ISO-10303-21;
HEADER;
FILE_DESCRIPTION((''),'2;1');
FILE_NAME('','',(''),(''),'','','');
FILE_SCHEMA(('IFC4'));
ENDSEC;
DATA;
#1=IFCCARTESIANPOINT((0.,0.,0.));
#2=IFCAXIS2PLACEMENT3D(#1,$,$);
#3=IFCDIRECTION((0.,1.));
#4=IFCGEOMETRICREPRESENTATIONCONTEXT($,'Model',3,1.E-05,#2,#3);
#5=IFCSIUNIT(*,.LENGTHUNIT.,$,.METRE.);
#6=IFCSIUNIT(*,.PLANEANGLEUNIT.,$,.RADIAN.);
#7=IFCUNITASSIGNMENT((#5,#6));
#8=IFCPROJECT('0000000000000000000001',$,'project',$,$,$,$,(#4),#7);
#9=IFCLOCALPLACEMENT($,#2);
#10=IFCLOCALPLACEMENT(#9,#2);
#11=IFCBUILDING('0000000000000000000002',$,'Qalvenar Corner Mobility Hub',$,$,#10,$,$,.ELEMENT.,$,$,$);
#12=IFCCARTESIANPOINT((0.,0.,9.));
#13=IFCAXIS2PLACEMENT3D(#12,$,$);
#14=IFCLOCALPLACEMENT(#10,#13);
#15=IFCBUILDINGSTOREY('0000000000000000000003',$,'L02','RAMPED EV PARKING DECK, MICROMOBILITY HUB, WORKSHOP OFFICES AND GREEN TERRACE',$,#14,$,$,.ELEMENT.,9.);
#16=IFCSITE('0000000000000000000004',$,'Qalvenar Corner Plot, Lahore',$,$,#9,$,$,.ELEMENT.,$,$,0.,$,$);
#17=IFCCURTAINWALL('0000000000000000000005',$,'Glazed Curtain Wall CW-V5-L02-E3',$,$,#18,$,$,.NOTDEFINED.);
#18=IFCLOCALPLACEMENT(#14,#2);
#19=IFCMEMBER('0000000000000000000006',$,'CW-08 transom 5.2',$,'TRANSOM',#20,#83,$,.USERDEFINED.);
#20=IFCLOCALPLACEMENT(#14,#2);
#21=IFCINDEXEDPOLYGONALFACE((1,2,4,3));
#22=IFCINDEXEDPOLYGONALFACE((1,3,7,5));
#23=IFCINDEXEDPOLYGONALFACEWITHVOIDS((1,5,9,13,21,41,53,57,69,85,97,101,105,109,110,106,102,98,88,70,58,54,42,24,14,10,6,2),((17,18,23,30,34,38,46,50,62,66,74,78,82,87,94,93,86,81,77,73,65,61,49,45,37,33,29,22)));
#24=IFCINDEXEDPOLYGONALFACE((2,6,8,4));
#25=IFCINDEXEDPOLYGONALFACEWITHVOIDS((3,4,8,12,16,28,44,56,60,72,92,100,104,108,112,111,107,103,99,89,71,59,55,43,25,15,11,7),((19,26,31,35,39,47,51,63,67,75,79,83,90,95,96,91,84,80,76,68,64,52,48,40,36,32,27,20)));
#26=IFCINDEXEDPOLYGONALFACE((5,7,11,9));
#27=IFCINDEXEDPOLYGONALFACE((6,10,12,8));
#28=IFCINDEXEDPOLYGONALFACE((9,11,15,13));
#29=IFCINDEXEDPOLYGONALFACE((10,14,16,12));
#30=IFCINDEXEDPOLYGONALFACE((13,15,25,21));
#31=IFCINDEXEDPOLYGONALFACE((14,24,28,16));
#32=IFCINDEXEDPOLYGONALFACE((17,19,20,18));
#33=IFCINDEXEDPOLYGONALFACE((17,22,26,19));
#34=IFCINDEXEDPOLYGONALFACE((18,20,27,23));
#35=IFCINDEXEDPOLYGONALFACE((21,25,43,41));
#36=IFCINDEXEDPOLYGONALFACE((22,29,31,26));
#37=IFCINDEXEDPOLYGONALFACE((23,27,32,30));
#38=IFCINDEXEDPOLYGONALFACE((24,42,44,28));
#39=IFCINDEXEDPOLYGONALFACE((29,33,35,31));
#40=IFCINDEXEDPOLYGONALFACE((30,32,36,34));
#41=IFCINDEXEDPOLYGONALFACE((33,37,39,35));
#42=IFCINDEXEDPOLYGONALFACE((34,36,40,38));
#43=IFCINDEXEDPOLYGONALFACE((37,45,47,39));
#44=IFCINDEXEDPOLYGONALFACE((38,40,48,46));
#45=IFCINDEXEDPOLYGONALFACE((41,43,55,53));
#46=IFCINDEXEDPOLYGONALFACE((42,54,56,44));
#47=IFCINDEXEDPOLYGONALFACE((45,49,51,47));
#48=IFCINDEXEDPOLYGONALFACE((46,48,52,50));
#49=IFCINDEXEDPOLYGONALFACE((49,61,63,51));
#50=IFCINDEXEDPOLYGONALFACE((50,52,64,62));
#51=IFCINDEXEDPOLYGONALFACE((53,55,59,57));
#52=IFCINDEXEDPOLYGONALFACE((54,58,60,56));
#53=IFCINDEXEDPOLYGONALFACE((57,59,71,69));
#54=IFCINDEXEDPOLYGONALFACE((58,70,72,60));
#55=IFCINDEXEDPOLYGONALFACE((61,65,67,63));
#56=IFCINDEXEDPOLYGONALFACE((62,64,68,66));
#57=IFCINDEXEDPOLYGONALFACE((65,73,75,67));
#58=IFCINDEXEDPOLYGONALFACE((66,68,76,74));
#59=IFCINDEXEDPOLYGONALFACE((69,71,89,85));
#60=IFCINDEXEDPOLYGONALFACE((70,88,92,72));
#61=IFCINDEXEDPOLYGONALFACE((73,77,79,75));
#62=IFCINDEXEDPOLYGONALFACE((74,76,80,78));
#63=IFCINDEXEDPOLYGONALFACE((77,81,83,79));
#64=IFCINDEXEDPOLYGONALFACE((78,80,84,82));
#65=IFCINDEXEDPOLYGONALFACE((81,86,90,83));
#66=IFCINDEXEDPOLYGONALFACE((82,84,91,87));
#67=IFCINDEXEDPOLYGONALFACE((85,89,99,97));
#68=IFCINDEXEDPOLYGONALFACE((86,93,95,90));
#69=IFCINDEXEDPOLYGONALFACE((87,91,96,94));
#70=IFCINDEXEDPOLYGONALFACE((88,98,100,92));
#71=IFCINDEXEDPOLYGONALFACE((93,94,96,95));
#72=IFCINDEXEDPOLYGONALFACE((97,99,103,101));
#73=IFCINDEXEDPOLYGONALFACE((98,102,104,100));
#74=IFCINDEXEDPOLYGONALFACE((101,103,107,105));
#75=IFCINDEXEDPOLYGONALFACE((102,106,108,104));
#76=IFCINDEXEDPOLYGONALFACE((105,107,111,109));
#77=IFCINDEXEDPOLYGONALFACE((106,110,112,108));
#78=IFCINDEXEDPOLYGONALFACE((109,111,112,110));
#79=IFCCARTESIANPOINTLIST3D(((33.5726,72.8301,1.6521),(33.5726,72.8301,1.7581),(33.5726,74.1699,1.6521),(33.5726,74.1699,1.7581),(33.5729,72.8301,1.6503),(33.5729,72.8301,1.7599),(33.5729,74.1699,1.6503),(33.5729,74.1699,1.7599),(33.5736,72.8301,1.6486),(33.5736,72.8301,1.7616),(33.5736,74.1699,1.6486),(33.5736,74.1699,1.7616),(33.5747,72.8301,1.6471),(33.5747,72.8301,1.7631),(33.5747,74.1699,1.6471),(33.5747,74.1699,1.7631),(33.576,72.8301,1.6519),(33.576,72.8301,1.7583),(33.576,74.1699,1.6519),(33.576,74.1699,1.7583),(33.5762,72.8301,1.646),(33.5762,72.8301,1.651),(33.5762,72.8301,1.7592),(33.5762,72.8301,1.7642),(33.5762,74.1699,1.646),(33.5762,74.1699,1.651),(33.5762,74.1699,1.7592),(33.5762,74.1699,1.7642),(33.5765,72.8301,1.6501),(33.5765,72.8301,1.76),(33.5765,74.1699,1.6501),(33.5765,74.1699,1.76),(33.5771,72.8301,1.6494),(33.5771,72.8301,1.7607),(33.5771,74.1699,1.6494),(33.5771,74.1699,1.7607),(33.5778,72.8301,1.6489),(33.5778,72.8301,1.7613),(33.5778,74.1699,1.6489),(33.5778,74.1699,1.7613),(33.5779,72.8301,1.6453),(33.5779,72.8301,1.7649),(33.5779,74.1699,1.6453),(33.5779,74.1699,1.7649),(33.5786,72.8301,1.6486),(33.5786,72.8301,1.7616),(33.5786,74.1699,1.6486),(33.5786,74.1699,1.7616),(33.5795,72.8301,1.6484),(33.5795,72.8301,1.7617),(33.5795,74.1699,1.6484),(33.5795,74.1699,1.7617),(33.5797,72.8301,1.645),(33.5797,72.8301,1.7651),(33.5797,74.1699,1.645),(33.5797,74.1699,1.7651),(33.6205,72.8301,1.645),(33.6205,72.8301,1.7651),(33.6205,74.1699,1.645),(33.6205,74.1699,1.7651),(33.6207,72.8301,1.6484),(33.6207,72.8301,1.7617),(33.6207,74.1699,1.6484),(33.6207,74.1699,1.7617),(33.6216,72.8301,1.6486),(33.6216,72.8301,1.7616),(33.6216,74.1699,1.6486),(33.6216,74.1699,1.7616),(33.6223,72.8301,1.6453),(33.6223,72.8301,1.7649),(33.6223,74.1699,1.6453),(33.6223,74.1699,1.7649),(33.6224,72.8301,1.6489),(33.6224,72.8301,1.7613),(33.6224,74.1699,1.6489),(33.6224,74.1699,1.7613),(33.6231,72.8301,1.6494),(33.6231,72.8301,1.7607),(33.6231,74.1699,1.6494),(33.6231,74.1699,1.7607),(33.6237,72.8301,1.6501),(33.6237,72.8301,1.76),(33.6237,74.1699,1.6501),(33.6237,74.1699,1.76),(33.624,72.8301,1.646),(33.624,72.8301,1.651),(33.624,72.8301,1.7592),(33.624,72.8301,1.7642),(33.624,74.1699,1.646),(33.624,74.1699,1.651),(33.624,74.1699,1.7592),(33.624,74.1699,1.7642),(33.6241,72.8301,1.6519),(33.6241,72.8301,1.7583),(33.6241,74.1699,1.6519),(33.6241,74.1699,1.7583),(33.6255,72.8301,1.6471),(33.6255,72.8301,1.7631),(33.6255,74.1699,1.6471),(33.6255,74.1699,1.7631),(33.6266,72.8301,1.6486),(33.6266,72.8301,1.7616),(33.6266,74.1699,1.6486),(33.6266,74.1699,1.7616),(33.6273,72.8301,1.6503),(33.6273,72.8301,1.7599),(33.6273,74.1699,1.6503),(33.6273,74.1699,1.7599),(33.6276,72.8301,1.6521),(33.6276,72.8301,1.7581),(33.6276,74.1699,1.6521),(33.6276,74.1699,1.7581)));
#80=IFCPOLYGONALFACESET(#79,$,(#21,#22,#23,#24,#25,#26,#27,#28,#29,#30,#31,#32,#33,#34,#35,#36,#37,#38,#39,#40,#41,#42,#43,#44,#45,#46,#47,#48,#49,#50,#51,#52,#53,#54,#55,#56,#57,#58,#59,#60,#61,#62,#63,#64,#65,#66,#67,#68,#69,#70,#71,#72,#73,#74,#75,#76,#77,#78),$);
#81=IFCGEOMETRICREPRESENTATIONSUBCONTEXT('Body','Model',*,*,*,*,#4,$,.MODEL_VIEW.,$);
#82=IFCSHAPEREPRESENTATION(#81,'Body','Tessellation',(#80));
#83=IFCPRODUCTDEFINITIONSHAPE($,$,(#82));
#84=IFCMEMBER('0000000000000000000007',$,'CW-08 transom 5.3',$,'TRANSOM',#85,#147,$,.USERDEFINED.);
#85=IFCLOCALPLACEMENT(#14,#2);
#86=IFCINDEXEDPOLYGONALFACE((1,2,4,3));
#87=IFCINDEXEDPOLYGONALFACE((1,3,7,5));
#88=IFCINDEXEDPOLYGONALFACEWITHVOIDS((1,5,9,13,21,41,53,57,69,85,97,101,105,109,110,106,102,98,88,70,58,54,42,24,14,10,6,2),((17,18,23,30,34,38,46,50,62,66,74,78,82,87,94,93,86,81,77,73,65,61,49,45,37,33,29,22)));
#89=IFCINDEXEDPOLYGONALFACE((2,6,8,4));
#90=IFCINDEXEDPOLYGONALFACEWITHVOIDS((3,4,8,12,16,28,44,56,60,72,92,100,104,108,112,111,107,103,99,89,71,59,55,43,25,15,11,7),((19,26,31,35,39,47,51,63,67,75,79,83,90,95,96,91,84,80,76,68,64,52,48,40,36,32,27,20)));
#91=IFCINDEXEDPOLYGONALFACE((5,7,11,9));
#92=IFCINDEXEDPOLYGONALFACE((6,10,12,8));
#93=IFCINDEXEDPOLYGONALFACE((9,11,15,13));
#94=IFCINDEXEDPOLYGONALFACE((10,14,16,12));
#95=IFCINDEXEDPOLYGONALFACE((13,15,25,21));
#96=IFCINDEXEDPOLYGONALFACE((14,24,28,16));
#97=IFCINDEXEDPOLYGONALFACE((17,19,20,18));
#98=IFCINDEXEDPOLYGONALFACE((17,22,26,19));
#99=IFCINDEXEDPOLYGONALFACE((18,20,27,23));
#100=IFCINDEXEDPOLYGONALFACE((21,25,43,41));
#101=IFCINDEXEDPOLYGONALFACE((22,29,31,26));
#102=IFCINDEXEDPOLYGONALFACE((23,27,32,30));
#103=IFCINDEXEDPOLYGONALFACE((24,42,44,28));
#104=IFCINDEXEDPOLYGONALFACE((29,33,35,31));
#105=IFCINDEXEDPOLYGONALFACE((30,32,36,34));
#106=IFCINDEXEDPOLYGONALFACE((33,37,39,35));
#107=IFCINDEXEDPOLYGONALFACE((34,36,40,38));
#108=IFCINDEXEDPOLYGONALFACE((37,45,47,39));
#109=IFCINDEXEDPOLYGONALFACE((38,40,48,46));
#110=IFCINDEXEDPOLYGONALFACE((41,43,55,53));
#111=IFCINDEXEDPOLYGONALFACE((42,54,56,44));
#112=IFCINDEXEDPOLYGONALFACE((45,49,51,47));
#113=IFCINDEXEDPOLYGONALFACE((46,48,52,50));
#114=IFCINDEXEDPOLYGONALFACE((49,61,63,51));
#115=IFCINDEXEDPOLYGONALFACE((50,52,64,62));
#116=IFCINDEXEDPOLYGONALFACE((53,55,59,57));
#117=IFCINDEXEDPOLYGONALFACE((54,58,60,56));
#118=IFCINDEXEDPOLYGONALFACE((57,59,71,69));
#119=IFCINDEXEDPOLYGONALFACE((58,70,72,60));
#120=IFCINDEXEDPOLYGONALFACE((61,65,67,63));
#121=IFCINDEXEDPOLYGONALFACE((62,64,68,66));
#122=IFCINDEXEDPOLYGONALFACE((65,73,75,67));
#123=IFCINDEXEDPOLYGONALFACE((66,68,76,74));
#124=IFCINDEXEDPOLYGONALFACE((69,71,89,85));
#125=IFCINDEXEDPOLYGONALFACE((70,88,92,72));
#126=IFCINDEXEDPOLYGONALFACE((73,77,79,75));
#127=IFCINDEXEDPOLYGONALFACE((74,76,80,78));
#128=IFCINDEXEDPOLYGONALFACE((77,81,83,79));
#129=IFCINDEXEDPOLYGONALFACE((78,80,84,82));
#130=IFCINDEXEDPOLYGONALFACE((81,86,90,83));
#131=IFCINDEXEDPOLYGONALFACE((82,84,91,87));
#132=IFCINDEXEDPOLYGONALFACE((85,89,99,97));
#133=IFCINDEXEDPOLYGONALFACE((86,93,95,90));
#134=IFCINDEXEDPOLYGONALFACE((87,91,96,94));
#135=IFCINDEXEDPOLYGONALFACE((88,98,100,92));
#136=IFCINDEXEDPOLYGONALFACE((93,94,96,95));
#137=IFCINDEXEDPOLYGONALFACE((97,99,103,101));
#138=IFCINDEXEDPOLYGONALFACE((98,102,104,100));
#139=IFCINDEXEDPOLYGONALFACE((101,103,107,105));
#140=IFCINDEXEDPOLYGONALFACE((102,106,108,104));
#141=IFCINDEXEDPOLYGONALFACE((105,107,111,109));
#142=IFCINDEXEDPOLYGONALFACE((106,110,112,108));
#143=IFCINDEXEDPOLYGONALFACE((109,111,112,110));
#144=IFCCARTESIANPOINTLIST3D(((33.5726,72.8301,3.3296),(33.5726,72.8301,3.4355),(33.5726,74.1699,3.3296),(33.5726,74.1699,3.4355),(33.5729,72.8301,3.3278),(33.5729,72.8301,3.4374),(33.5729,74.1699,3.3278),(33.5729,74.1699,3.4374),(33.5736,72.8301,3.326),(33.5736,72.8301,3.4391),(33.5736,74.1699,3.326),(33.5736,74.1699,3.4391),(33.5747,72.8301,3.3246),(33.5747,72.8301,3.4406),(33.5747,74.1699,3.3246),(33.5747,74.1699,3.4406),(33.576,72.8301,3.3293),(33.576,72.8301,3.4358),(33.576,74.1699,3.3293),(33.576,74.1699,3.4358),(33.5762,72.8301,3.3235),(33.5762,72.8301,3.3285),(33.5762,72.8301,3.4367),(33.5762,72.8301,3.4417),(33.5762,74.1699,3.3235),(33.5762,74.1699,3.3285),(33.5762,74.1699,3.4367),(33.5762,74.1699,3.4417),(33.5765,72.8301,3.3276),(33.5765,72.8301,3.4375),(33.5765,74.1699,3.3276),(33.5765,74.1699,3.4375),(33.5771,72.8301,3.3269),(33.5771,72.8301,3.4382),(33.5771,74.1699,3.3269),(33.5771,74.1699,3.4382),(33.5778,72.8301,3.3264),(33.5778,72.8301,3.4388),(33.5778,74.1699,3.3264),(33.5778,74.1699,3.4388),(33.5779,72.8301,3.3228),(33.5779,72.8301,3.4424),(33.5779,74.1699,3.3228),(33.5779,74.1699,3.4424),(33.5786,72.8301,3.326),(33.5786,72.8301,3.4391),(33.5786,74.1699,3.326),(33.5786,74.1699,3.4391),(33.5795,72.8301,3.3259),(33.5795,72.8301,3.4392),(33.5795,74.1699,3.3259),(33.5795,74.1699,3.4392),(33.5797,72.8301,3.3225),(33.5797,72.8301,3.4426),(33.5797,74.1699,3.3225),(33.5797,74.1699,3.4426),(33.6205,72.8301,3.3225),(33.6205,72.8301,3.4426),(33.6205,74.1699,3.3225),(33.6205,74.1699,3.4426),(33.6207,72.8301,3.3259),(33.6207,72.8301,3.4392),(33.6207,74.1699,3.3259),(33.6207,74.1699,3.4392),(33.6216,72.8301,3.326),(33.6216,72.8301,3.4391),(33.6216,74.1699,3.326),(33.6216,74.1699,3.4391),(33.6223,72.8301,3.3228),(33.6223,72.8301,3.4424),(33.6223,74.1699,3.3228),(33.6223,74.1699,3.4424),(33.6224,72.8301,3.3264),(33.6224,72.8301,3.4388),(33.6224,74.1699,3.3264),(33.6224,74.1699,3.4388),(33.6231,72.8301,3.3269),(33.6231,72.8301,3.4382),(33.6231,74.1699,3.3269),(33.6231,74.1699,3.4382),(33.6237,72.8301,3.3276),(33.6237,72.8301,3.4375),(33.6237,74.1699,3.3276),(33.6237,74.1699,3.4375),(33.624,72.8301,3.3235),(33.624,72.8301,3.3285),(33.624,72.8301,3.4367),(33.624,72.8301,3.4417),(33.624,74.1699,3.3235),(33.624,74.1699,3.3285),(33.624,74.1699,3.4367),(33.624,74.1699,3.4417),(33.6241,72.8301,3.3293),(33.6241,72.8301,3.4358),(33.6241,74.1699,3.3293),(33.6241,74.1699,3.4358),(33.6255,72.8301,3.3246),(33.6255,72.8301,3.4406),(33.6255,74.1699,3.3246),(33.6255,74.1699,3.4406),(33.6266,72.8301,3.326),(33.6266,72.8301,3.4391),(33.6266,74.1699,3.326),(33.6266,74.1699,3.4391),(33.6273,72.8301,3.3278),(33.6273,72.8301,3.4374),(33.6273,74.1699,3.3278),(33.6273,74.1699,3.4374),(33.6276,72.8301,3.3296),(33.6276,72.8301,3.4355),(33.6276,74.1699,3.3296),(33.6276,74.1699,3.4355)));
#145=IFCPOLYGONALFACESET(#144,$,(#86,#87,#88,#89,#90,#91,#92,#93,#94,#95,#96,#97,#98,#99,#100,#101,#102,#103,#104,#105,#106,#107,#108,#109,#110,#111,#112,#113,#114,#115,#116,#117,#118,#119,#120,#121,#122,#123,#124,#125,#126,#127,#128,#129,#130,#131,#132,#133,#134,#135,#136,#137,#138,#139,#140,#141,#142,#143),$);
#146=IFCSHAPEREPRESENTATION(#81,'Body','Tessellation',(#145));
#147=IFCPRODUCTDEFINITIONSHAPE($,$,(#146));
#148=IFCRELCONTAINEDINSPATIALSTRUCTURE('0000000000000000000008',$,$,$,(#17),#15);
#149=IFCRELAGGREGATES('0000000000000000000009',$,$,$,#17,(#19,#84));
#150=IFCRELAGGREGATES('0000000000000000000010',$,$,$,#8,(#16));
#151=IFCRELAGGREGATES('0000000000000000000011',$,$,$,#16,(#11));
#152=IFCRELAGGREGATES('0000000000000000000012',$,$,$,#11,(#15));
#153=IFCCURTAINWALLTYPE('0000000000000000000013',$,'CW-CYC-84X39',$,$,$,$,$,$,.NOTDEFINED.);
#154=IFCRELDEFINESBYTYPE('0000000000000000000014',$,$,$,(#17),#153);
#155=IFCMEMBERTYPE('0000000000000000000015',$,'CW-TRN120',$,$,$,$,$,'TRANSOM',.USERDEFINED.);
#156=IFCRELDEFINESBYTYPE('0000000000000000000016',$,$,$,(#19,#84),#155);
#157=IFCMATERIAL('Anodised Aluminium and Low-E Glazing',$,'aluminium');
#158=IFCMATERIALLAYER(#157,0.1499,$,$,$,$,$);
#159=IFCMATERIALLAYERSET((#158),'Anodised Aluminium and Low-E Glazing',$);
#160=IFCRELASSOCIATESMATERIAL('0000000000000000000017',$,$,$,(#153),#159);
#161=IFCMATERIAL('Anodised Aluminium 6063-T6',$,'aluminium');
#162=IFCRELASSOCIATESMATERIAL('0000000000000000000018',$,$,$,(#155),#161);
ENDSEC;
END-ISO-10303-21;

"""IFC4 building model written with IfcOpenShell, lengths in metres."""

from ifc_helpers import new_model, si_unit, direction, frame, origin, origin_2d, place, context, subcontext, project, spatial, hollow_rectangle, extrude, material, layer, layer_set, material_profile, profile_set, type_object, element, aggregate, save


model = new_model("IFC4")

# Units and contexts
model_context = context("Model", 3, precision=1e-05, world=origin(), true_north=direction((0.0, 1.0)))
body_context = subcontext(model_context, "Body", "Model", "MODEL_VIEW")
ifc_project = project(units=[si_unit("LENGTHUNIT", "METRE"), si_unit("PLANEANGLEUNIT", "RADIAN")], contexts=[model_context])

# Site, building, storey
site_placement = place(None, origin())
site = spatial("IfcSite", under=ifc_project, at=site_placement, Name="Qalvenar Corner Plot, Lahore", CompositionType="ELEMENT", RefElevation=0.0)
building_placement = place(site_placement, origin())
building = spatial("IfcBuilding", under=site, at=building_placement, Name="Qalvenar Corner Mobility Hub", CompositionType="ELEMENT")
storey_placement = place(building_placement, frame((0.0, 0.0, 9.0)))
storey = spatial("IfcBuildingStorey", under=building, at=storey_placement, Name="L02", Description="RAMPED EV PARKING DECK, MICROMOBILITY HUB, WORKSHOP OFFICES AND GREEN TERRACE", CompositionType="ELEMENT", Elevation=9.0)

# Curtain wall, members
ifc_material_1 = material(Name="Anodised Aluminium and Low-E Glazing", Category="aluminium")
ifc_layer_1 = layer(ifc_material_1, 0.1499)
ifc_layer_set_1 = layer_set([ifc_layer_1], Name="Anodised Aluminium and Low-E Glazing")
curtain_wall_type = type_object("IfcCurtainWallType", Name="CW-CYC-84X39", PredefinedType="NOTDEFINED", material=ifc_layer_set_1)
curtain_wall_placement = place(storey_placement, origin())
curtain_wall = element("IfcCurtainWall", 1, at=curtain_wall_placement, inside=storey, type_object=curtain_wall_type, Name="Glazed Curtain Wall CW-V5-L02-E3", PredefinedType="NOTDEFINED")
ifc_material_2 = material(Name="Anodised Aluminium 6063-T6", Category="aluminium")
ifc_material_profile_1 = material_profile(ifc_material_2, hollow_rectangle(XDim=0.0549, YDim=0.1201, WallThickness=0.0034, InnerFilletRadius=0.0034, OuterFilletRadius=0.0071, at=origin_2d()), Name="RHS120x55x3.5")
ifc_profile_set_1 = profile_set([ifc_material_profile_1], Name="Anodised Aluminium 6063-T6")
member_type_1 = type_object("IfcMemberType", Name="CW-TRN120", ElementType="TRANSOM", PredefinedType="USERDEFINED", material=ifc_profile_set_1)
member_1_placement = place(storey_placement, frame((33.6001, 72.8301, 1.7051), z_axis=(0.0, 1.0, 0.0), x_axis=(-1.0, 0.0, 0.0)))
member_1 = element("IfcMember", 2, at=member_1_placement, type_object=member_type_1, Name="CW-08 transom 5.2", ObjectType="TRANSOM", PredefinedType="USERDEFINED", context=body_context, shape_type="SweptSolid", body=[
    extrude(hollow_rectangle(XDim=0.0549, YDim=0.1201, WallThickness=0.0034, InnerFilletRadius=0.0034, OuterFilletRadius=0.0071, at=origin_2d()), origin(), (0.0, 0.0, 1.0), 1.3398),
])
member_2_placement = place(storey_placement, frame((33.6001, 72.8301, 3.3826), z_axis=(0.0, 1.0, 0.0), x_axis=(-1.0, 0.0, 0.0)))
member_2 = element("IfcMember", 3, at=member_2_placement, type_object=member_type_1, Name="CW-08 transom 5.3", ObjectType="TRANSOM", PredefinedType="USERDEFINED", context=body_context, shape_type="SweptSolid", body=[
    extrude(hollow_rectangle(XDim=0.0549, YDim=0.1201, WallThickness=0.0034, InnerFilletRadius=0.0034, OuterFilletRadius=0.0071, at=origin_2d()), origin(), (0.0, 0.0, 1.0), 1.3398),
])
aggregate(curtain_wall, [member_1, member_2])

save(model, "model.ifc")
